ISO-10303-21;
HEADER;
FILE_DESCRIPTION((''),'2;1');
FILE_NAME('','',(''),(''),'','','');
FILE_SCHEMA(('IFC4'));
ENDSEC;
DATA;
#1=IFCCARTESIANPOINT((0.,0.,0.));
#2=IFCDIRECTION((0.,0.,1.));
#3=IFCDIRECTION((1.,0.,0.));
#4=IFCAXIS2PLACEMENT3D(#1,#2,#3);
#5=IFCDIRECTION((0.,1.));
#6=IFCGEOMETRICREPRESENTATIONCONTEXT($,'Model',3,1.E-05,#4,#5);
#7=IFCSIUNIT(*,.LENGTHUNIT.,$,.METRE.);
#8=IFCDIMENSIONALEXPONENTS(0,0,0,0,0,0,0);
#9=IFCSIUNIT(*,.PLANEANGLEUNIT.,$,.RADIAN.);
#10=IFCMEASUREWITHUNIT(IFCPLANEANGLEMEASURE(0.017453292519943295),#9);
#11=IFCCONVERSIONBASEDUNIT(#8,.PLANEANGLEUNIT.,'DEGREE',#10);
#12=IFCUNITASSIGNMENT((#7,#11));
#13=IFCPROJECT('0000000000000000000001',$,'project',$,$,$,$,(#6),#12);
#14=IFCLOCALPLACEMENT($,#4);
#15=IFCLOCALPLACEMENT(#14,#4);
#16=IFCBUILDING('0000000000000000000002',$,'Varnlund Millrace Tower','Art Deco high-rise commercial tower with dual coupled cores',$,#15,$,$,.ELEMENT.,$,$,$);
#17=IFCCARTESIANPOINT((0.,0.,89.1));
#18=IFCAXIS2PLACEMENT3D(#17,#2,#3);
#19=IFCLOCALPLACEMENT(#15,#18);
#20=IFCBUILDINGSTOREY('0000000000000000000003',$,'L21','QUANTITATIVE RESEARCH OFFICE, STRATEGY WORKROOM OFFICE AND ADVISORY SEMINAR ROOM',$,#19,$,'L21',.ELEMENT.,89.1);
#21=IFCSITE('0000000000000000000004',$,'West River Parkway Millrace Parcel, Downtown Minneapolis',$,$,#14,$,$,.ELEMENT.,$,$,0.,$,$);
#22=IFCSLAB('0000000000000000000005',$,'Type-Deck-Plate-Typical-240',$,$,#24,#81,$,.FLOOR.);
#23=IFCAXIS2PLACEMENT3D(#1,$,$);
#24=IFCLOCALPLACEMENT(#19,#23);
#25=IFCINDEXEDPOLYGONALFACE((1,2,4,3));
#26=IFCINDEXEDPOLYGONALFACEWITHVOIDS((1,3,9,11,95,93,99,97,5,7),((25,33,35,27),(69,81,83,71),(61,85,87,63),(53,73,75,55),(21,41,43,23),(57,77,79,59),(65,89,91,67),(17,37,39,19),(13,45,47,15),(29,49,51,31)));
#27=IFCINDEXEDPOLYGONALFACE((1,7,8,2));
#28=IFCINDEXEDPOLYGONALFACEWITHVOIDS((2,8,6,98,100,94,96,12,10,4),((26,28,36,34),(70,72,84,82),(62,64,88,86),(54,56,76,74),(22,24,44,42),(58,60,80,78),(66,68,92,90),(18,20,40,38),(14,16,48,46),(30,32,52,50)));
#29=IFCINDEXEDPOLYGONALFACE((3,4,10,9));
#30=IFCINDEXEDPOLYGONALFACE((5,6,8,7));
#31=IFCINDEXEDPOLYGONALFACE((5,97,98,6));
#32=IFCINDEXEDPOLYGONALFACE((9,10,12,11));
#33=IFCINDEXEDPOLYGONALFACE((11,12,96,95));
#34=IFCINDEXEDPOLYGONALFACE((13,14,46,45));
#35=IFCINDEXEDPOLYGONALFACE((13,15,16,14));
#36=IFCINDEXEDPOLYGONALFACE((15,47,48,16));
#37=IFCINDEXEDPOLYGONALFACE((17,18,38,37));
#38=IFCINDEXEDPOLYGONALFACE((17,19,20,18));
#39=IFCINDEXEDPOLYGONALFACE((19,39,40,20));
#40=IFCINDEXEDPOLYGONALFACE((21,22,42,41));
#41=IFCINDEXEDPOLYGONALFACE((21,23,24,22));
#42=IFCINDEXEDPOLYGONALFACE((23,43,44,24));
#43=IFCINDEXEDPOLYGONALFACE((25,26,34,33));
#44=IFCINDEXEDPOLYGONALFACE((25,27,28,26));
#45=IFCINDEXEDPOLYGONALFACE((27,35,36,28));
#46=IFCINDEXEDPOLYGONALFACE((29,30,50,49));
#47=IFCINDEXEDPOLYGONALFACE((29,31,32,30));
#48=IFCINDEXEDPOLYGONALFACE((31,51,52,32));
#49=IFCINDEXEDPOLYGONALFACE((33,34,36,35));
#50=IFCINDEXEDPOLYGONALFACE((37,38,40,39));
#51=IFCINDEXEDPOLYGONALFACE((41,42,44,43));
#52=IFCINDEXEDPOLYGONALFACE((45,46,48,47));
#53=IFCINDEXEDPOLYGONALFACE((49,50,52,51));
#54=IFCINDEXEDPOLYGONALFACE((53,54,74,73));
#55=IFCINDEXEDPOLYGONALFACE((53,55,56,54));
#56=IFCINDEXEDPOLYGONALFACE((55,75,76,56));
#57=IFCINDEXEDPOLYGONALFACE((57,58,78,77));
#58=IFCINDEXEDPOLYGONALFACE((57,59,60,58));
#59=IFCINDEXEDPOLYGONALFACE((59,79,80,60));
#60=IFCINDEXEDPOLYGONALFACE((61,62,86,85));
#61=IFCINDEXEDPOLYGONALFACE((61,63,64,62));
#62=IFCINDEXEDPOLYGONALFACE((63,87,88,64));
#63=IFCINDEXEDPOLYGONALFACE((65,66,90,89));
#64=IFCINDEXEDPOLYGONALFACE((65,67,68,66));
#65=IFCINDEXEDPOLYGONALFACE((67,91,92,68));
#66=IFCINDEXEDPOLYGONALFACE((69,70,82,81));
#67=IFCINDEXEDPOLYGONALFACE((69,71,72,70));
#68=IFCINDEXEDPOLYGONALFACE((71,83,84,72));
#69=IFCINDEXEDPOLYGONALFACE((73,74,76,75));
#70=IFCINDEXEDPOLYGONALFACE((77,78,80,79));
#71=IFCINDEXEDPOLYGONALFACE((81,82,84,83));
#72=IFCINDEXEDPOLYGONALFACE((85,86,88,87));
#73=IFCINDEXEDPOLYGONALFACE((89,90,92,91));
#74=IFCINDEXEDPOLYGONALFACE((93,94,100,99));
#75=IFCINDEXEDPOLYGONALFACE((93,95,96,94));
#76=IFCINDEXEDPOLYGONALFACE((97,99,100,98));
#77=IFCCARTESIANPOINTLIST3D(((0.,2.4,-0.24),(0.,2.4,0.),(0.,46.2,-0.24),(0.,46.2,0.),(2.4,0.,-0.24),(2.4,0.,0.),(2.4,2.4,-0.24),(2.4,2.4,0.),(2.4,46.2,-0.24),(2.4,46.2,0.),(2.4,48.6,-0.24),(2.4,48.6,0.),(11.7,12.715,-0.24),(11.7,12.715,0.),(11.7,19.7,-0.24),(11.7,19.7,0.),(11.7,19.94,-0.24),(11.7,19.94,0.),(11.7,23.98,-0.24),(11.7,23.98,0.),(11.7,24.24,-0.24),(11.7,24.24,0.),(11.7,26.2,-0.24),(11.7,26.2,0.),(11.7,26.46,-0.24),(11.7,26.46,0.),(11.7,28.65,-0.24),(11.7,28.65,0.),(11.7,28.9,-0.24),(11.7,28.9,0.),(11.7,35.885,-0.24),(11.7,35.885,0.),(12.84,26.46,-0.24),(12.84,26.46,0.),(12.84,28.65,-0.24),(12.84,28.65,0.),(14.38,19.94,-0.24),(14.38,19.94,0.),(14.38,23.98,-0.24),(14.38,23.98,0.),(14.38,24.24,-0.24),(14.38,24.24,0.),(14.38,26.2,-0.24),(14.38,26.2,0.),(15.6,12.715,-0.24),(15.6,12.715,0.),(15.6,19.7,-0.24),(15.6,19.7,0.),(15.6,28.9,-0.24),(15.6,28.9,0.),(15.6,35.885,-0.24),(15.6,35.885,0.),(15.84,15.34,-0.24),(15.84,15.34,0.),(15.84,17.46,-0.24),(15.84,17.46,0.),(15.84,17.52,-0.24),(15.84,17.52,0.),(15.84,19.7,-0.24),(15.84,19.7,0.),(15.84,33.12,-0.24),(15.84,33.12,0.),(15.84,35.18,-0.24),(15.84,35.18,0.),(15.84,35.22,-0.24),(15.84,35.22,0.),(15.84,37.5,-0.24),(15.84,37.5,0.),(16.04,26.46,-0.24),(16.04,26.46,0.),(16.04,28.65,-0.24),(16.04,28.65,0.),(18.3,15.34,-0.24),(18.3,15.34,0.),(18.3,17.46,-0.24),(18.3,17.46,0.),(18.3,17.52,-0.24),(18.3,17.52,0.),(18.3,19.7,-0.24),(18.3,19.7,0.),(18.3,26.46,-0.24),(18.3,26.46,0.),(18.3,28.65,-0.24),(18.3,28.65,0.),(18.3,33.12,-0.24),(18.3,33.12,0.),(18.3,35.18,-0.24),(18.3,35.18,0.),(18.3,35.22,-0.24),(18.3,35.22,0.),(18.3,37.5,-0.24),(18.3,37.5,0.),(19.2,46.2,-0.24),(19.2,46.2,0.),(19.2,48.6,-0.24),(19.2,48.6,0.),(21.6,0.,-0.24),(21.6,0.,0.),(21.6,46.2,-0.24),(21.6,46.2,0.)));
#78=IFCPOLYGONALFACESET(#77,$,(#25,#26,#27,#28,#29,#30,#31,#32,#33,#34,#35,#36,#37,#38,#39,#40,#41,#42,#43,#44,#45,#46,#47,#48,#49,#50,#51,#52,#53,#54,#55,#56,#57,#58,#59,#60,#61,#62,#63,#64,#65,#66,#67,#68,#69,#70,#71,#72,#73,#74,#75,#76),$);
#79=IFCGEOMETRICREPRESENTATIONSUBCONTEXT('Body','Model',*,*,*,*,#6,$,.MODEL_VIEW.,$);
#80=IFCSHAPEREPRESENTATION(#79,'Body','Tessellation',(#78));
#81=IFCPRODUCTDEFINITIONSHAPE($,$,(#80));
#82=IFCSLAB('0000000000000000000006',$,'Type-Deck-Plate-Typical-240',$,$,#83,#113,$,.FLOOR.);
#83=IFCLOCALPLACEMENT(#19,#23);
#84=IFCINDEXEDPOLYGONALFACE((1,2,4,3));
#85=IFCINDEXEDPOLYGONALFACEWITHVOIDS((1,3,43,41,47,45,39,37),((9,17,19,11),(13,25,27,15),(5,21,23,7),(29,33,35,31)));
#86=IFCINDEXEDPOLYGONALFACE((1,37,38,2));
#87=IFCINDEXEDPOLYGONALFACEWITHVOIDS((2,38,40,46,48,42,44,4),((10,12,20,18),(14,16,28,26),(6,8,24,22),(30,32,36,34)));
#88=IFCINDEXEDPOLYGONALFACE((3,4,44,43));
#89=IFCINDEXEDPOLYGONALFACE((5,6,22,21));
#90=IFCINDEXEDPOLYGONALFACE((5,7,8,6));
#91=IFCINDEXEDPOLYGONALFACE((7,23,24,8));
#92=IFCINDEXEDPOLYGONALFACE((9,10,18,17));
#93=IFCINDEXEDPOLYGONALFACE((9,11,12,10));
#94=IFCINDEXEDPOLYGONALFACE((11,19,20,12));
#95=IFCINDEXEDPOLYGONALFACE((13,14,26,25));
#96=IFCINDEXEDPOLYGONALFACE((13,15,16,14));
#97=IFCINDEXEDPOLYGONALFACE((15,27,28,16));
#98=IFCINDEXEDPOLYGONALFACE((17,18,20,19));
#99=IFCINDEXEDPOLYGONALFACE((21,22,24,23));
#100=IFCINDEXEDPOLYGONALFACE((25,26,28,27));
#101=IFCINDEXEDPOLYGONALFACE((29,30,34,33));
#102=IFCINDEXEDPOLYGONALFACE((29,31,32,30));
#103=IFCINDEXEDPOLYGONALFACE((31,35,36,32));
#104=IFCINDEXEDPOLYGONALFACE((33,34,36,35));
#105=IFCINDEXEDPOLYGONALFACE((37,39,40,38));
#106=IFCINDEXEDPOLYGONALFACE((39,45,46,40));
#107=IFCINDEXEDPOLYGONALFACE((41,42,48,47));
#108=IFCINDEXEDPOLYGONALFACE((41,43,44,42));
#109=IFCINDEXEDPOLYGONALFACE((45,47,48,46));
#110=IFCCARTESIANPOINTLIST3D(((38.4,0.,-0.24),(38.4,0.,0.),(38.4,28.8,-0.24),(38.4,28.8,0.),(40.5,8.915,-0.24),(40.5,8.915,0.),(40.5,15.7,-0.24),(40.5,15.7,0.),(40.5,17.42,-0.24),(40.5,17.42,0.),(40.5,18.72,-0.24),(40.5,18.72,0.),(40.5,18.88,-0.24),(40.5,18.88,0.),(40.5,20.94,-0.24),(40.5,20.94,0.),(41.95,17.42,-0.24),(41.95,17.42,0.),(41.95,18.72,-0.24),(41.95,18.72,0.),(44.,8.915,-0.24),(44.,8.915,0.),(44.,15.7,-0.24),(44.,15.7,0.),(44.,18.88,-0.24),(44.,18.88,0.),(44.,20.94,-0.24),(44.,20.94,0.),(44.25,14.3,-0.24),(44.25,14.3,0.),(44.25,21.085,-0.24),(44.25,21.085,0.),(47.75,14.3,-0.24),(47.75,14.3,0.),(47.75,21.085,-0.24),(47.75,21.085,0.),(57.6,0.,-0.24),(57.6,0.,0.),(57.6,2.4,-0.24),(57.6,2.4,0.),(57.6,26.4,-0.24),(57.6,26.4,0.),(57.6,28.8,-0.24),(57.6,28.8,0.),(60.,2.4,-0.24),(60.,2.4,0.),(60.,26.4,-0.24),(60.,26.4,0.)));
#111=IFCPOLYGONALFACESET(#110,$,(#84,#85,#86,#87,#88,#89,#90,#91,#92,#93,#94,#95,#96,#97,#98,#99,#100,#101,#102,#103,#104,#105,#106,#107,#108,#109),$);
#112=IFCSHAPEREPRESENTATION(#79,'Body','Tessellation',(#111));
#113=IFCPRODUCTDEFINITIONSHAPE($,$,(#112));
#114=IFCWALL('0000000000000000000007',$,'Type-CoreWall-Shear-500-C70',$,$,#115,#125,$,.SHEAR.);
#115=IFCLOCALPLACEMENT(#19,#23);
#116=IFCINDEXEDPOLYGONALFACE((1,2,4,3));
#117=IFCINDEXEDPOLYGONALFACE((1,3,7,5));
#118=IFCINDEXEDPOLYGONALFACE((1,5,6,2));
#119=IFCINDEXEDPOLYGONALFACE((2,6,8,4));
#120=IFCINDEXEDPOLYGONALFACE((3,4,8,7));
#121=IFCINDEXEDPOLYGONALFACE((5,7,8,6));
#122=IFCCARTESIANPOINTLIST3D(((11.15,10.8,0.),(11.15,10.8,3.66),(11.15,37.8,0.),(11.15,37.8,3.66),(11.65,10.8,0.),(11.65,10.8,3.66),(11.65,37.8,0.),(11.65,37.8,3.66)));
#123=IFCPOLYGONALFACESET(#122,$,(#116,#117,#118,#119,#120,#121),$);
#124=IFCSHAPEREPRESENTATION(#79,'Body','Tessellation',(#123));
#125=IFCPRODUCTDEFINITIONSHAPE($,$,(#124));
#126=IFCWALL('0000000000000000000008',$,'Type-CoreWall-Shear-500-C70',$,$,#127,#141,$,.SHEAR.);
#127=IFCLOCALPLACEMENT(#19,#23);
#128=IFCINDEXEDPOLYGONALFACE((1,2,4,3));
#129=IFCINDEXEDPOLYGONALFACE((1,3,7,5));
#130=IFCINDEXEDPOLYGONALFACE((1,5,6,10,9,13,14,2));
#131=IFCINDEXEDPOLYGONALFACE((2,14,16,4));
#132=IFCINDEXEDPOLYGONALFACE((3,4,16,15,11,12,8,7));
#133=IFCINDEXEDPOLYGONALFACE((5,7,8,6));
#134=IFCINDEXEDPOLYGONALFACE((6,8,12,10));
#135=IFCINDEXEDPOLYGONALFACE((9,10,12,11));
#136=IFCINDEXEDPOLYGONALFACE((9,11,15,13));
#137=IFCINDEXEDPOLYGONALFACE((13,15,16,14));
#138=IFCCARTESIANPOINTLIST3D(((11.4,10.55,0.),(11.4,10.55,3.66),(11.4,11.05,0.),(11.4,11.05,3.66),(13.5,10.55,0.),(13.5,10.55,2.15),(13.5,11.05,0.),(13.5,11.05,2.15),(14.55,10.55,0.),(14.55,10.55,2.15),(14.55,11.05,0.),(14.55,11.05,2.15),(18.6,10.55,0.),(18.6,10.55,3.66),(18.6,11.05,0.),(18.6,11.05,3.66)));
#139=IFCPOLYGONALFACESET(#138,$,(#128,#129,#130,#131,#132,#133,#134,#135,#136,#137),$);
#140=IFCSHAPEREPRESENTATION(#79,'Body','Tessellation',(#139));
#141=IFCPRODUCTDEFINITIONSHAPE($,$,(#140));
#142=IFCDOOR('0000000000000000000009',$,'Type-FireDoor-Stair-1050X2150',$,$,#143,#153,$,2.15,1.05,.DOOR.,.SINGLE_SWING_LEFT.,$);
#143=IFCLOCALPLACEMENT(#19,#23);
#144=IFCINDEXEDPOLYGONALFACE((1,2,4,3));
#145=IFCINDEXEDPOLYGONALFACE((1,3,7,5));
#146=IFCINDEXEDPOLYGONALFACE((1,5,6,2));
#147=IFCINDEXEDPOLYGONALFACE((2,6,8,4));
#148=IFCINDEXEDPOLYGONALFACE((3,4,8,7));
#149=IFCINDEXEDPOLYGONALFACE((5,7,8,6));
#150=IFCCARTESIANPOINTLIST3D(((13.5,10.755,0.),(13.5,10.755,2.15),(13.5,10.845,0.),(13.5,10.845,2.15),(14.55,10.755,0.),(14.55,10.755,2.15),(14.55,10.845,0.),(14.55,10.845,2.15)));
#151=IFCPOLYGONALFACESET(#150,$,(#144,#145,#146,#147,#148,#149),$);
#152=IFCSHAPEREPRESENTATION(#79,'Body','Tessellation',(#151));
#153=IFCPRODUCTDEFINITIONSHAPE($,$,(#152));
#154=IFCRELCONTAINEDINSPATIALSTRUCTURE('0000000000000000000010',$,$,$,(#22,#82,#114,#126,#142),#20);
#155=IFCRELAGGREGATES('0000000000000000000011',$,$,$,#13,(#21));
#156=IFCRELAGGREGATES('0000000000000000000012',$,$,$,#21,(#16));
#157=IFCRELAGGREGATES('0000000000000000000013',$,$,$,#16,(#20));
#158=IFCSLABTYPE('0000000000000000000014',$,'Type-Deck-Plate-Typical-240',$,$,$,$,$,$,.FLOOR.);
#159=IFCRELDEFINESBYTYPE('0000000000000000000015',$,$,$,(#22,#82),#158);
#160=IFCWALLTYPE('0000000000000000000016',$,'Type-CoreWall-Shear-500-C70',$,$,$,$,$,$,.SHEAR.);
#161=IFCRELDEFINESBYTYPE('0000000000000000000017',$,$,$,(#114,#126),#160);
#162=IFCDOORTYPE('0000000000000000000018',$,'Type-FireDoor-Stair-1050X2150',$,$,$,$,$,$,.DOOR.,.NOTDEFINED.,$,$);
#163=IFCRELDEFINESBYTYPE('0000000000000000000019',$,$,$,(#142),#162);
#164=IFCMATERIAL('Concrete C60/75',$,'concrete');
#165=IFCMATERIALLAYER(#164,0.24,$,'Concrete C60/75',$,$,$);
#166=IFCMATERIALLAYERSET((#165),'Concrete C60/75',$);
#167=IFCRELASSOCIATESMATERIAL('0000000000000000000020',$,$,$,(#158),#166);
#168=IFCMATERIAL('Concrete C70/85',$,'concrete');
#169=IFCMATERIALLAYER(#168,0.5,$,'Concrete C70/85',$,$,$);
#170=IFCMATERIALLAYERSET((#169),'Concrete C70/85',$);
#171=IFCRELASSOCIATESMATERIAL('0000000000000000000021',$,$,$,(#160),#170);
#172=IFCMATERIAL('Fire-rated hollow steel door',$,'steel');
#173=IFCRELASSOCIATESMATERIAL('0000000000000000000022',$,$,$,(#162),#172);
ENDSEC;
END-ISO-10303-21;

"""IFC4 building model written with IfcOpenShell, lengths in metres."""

from ifc_helpers import new_model, entity, si_unit, converted_unit, direction, frame, origin_with_axes, origin_2d_with_axis, place, context, subcontext, project, spatial, polyline, rectangle, outline, extrude, material, layer, layer_set, type_object, element, fill, save


model = new_model("IFC4")

# Units and contexts
model_context = context("Model", 3, precision=1e-05, world=origin_with_axes(), true_north=direction((0.0, 1.0)))
body_context = subcontext(model_context, "Body", "Model", "MODEL_VIEW")
ifc_project = project(units=[si_unit("LENGTHUNIT", "METRE"), converted_unit("PLANEANGLEUNIT", "DEGREE", entity("IfcPlaneAngleMeasure", 0.017453292519943295), si_unit("PLANEANGLEUNIT", "RADIAN"), dimensions=[0, 0, 0, 0, 0, 0, 0])], contexts=[model_context])

# Site, building, storey
site_placement = place(None, origin_with_axes())
site = spatial("IfcSite", under=ifc_project, at=site_placement, Name="West River Parkway Millrace Parcel, Downtown Minneapolis", CompositionType="ELEMENT", RefElevation=0.0)
building_placement = place(site_placement, origin_with_axes())
building = spatial("IfcBuilding", under=site, at=building_placement, Name="Varnlund Millrace Tower", Description="Art Deco high-rise commercial tower with dual coupled cores", CompositionType="ELEMENT")
storey_placement = place(building_placement, frame((0.0, 0.0, 89.1), z_axis=(0.0, 0.0, 1.0), x_axis=(1.0, 0.0, 0.0)))
storey = spatial("IfcBuildingStorey", under=building, at=storey_placement, Name="L21", Description="QUANTITATIVE RESEARCH OFFICE, STRATEGY WORKROOM OFFICE AND ADVISORY SEMINAR ROOM", LongName="L21", CompositionType="ELEMENT", Elevation=89.1)

# Slabs
ifc_material_1 = material(Name="Concrete C60/75", Category="concrete")
ifc_layer_1 = layer(ifc_material_1, 0.24, Name="Concrete C60/75")
ifc_layer_set_1 = layer_set([ifc_layer_1], Name="Concrete C60/75")
slab_type = type_object("IfcSlabType", Name="Type-Deck-Plate-Typical-240", PredefinedType="FLOOR", material=ifc_layer_set_1)
slab_1_placement = place(storey_placement, frame((0.0, 0.0, -0.24), z_axis=(0.0, 0.0, 1.0), x_axis=(1.0, 0.0, 0.0)))
element("IfcSlab", 1, at=slab_1_placement, inside=storey, type_object=slab_type, Name="Type-Deck-Plate-Typical-240", PredefinedType="FLOOR", context=body_context, shape_type="SweptSolid", body=[
    extrude(outline(polyline([(2.4, 2.4), (2.4, 0.0), (21.6, 0.0), (21.6, 46.2), (19.2, 46.2), (19.2, 48.6), (2.4, 48.6), (2.4, 46.2), (0.0, 46.2), (0.0, 2.4), (2.4, 2.4)]), holes=[polyline([(15.6, 19.7), (15.6, 12.715), (11.7, 12.715), (11.7, 19.7), (15.6, 19.7)]), polyline([(11.7, 23.98), (14.38, 23.98), (14.38, 19.94), (11.7, 19.94), (11.7, 23.98)]), polyline([(14.38, 24.24), (11.7, 24.24), (11.7, 26.2), (14.38, 26.2), (14.38, 24.24)]), polyline([(12.84, 26.46), (11.7, 26.46), (11.7, 28.65), (12.84, 28.65), (12.84, 26.46)]), polyline([(15.6, 35.885), (15.6, 28.9), (11.7, 28.9), (11.7, 35.885), (15.6, 35.885)]), polyline([(18.3, 15.34), (15.84, 15.34), (15.84, 17.46), (18.3, 17.46), (18.3, 15.34)]), polyline([(18.3, 17.52), (15.84, 17.52), (15.84, 19.7), (18.3, 19.7), (18.3, 17.52)]), polyline([(18.3, 28.65), (18.3, 26.46), (16.04, 26.46), (16.04, 28.65), (18.3, 28.65)]), polyline([(18.3, 33.12), (15.84, 33.12), (15.84, 35.18), (18.3, 35.18), (18.3, 33.12)]), polyline([(18.3, 35.22), (15.84, 35.22), (15.84, 37.5), (18.3, 37.5), (18.3, 35.22)])]), origin_with_axes(), (0.0, 0.0, 1.0), 0.24),
])
slab_2_placement = place(storey_placement, frame((0.0, 0.0, -0.24), z_axis=(0.0, 0.0, 1.0), x_axis=(1.0, 0.0, 0.0)))
element("IfcSlab", 2, at=slab_2_placement, inside=storey, type_object=slab_type, Name="Type-Deck-Plate-Typical-240", PredefinedType="FLOOR", context=body_context, shape_type="SweptSolid", body=[
    extrude(outline(polyline([(38.4, 0.0), (57.6, 0.0), (57.6, 2.4), (60.0, 2.4), (60.0, 26.4), (57.6, 26.4), (57.6, 28.8), (38.4, 28.8), (38.4, 0.0)]), holes=[polyline([(40.5, 15.7), (44.0, 15.7), (44.0, 8.915), (40.5, 8.915), (40.5, 15.7)]), polyline([(44.25, 21.085), (47.75, 21.085), (47.75, 14.3), (44.25, 14.3), (44.25, 21.085)]), polyline([(40.5, 18.72), (41.95, 18.72), (41.95, 17.42), (40.5, 17.42), (40.5, 18.72)]), polyline([(40.5, 20.94), (44.0, 20.94), (44.0, 18.88), (40.5, 18.88), (40.5, 20.94)])]), origin_with_axes(), (0.0, 0.0, 1.0), 0.24),
])

# Wall
ifc_material_2 = material(Name="Concrete C70/85", Category="concrete")
ifc_layer_2 = layer(ifc_material_2, 0.5, Name="Concrete C70/85")
ifc_layer_set_2 = layer_set([ifc_layer_2], Name="Concrete C70/85")
wall_type = type_object("IfcWallType", Name="Type-CoreWall-Shear-500-C70", PredefinedType="SHEAR", material=ifc_layer_set_2)
wall_1_placement = place(storey_placement, frame((11.4, 10.8, 0.0), z_axis=(0.0, 0.0, 1.0), x_axis=(0.0, 1.0, 0.0)))
element("IfcWall", 3, at=wall_1_placement, inside=storey, type_object=wall_type, Name="Type-CoreWall-Shear-500-C70", PredefinedType="SHEAR", context=body_context, shape_type="SweptSolid", body=[
    extrude(outline(polyline([(0.0, -0.25), (27.0, -0.25), (27.0, 0.25), (0.0, 0.25), (0.0, -0.25)])), origin_with_axes(), (0.0, 0.0, 1.0), 3.66),
])

# Wall, opening, door
wall_2_placement = place(storey_placement, frame((11.4, 10.8, 0.0), z_axis=(0.0, 0.0, 1.0), x_axis=(1.0, 0.0, 0.0)))
wall_2 = element("IfcWall", 4, at=wall_2_placement, inside=storey, type_object=wall_type, Name="Type-CoreWall-Shear-500-C70", PredefinedType="SHEAR", context=body_context, shape_type="SweptSolid", body=[
    extrude(outline(polyline([(0.0, -0.25), (7.2, -0.25), (7.2, 0.25), (0.0, 0.25), (0.0, -0.25)])), origin_with_axes(), (0.0, 0.0, 1.0), 3.66),
])
opening_placement = place(wall_2_placement, frame((2.625, 0.0, 0.0), z_axis=(0.0, 0.0, 1.0), x_axis=(1.0, 0.0, 0.0)))
opening = element("IfcOpeningElement", 5, at=opening_placement, cuts=wall_2, PredefinedType="OPENING", context=body_context, shape_type="SweptSolid", body=[
    extrude(rectangle(XDim=1.05, YDim=0.52, at=origin_2d_with_axis()), origin_with_axes(), (0.0, 0.0, 1.0), 2.15),
])
ifc_material_3 = material(Name="Fire-rated hollow steel door", Category="steel")
door_type = type_object("IfcDoorType", Name="Type-FireDoor-Stair-1050X2150", OperationType="NOTDEFINED", PredefinedType="DOOR", material=ifc_material_3)
door_placement = place(wall_2_placement, frame((2.625, 0.0, 0.0), z_axis=(0.0, 0.0, 1.0), x_axis=(1.0, 0.0, 0.0)))
door = element("IfcDoor", 6, at=door_placement, inside=storey, type_object=door_type, Name="Type-FireDoor-Stair-1050X2150", OperationType="SINGLE_SWING_LEFT", OverallHeight=2.15, OverallWidth=1.05, PredefinedType="DOOR", context=body_context, shape_type="SweptSolid", body=[
    extrude(rectangle(XDim=1.05, YDim=0.09, at=origin_2d_with_axis()), origin_with_axes(), (0.0, 0.0, 1.0), 2.15),
])
fill(opening, door)

save(model, "model.ifc")
